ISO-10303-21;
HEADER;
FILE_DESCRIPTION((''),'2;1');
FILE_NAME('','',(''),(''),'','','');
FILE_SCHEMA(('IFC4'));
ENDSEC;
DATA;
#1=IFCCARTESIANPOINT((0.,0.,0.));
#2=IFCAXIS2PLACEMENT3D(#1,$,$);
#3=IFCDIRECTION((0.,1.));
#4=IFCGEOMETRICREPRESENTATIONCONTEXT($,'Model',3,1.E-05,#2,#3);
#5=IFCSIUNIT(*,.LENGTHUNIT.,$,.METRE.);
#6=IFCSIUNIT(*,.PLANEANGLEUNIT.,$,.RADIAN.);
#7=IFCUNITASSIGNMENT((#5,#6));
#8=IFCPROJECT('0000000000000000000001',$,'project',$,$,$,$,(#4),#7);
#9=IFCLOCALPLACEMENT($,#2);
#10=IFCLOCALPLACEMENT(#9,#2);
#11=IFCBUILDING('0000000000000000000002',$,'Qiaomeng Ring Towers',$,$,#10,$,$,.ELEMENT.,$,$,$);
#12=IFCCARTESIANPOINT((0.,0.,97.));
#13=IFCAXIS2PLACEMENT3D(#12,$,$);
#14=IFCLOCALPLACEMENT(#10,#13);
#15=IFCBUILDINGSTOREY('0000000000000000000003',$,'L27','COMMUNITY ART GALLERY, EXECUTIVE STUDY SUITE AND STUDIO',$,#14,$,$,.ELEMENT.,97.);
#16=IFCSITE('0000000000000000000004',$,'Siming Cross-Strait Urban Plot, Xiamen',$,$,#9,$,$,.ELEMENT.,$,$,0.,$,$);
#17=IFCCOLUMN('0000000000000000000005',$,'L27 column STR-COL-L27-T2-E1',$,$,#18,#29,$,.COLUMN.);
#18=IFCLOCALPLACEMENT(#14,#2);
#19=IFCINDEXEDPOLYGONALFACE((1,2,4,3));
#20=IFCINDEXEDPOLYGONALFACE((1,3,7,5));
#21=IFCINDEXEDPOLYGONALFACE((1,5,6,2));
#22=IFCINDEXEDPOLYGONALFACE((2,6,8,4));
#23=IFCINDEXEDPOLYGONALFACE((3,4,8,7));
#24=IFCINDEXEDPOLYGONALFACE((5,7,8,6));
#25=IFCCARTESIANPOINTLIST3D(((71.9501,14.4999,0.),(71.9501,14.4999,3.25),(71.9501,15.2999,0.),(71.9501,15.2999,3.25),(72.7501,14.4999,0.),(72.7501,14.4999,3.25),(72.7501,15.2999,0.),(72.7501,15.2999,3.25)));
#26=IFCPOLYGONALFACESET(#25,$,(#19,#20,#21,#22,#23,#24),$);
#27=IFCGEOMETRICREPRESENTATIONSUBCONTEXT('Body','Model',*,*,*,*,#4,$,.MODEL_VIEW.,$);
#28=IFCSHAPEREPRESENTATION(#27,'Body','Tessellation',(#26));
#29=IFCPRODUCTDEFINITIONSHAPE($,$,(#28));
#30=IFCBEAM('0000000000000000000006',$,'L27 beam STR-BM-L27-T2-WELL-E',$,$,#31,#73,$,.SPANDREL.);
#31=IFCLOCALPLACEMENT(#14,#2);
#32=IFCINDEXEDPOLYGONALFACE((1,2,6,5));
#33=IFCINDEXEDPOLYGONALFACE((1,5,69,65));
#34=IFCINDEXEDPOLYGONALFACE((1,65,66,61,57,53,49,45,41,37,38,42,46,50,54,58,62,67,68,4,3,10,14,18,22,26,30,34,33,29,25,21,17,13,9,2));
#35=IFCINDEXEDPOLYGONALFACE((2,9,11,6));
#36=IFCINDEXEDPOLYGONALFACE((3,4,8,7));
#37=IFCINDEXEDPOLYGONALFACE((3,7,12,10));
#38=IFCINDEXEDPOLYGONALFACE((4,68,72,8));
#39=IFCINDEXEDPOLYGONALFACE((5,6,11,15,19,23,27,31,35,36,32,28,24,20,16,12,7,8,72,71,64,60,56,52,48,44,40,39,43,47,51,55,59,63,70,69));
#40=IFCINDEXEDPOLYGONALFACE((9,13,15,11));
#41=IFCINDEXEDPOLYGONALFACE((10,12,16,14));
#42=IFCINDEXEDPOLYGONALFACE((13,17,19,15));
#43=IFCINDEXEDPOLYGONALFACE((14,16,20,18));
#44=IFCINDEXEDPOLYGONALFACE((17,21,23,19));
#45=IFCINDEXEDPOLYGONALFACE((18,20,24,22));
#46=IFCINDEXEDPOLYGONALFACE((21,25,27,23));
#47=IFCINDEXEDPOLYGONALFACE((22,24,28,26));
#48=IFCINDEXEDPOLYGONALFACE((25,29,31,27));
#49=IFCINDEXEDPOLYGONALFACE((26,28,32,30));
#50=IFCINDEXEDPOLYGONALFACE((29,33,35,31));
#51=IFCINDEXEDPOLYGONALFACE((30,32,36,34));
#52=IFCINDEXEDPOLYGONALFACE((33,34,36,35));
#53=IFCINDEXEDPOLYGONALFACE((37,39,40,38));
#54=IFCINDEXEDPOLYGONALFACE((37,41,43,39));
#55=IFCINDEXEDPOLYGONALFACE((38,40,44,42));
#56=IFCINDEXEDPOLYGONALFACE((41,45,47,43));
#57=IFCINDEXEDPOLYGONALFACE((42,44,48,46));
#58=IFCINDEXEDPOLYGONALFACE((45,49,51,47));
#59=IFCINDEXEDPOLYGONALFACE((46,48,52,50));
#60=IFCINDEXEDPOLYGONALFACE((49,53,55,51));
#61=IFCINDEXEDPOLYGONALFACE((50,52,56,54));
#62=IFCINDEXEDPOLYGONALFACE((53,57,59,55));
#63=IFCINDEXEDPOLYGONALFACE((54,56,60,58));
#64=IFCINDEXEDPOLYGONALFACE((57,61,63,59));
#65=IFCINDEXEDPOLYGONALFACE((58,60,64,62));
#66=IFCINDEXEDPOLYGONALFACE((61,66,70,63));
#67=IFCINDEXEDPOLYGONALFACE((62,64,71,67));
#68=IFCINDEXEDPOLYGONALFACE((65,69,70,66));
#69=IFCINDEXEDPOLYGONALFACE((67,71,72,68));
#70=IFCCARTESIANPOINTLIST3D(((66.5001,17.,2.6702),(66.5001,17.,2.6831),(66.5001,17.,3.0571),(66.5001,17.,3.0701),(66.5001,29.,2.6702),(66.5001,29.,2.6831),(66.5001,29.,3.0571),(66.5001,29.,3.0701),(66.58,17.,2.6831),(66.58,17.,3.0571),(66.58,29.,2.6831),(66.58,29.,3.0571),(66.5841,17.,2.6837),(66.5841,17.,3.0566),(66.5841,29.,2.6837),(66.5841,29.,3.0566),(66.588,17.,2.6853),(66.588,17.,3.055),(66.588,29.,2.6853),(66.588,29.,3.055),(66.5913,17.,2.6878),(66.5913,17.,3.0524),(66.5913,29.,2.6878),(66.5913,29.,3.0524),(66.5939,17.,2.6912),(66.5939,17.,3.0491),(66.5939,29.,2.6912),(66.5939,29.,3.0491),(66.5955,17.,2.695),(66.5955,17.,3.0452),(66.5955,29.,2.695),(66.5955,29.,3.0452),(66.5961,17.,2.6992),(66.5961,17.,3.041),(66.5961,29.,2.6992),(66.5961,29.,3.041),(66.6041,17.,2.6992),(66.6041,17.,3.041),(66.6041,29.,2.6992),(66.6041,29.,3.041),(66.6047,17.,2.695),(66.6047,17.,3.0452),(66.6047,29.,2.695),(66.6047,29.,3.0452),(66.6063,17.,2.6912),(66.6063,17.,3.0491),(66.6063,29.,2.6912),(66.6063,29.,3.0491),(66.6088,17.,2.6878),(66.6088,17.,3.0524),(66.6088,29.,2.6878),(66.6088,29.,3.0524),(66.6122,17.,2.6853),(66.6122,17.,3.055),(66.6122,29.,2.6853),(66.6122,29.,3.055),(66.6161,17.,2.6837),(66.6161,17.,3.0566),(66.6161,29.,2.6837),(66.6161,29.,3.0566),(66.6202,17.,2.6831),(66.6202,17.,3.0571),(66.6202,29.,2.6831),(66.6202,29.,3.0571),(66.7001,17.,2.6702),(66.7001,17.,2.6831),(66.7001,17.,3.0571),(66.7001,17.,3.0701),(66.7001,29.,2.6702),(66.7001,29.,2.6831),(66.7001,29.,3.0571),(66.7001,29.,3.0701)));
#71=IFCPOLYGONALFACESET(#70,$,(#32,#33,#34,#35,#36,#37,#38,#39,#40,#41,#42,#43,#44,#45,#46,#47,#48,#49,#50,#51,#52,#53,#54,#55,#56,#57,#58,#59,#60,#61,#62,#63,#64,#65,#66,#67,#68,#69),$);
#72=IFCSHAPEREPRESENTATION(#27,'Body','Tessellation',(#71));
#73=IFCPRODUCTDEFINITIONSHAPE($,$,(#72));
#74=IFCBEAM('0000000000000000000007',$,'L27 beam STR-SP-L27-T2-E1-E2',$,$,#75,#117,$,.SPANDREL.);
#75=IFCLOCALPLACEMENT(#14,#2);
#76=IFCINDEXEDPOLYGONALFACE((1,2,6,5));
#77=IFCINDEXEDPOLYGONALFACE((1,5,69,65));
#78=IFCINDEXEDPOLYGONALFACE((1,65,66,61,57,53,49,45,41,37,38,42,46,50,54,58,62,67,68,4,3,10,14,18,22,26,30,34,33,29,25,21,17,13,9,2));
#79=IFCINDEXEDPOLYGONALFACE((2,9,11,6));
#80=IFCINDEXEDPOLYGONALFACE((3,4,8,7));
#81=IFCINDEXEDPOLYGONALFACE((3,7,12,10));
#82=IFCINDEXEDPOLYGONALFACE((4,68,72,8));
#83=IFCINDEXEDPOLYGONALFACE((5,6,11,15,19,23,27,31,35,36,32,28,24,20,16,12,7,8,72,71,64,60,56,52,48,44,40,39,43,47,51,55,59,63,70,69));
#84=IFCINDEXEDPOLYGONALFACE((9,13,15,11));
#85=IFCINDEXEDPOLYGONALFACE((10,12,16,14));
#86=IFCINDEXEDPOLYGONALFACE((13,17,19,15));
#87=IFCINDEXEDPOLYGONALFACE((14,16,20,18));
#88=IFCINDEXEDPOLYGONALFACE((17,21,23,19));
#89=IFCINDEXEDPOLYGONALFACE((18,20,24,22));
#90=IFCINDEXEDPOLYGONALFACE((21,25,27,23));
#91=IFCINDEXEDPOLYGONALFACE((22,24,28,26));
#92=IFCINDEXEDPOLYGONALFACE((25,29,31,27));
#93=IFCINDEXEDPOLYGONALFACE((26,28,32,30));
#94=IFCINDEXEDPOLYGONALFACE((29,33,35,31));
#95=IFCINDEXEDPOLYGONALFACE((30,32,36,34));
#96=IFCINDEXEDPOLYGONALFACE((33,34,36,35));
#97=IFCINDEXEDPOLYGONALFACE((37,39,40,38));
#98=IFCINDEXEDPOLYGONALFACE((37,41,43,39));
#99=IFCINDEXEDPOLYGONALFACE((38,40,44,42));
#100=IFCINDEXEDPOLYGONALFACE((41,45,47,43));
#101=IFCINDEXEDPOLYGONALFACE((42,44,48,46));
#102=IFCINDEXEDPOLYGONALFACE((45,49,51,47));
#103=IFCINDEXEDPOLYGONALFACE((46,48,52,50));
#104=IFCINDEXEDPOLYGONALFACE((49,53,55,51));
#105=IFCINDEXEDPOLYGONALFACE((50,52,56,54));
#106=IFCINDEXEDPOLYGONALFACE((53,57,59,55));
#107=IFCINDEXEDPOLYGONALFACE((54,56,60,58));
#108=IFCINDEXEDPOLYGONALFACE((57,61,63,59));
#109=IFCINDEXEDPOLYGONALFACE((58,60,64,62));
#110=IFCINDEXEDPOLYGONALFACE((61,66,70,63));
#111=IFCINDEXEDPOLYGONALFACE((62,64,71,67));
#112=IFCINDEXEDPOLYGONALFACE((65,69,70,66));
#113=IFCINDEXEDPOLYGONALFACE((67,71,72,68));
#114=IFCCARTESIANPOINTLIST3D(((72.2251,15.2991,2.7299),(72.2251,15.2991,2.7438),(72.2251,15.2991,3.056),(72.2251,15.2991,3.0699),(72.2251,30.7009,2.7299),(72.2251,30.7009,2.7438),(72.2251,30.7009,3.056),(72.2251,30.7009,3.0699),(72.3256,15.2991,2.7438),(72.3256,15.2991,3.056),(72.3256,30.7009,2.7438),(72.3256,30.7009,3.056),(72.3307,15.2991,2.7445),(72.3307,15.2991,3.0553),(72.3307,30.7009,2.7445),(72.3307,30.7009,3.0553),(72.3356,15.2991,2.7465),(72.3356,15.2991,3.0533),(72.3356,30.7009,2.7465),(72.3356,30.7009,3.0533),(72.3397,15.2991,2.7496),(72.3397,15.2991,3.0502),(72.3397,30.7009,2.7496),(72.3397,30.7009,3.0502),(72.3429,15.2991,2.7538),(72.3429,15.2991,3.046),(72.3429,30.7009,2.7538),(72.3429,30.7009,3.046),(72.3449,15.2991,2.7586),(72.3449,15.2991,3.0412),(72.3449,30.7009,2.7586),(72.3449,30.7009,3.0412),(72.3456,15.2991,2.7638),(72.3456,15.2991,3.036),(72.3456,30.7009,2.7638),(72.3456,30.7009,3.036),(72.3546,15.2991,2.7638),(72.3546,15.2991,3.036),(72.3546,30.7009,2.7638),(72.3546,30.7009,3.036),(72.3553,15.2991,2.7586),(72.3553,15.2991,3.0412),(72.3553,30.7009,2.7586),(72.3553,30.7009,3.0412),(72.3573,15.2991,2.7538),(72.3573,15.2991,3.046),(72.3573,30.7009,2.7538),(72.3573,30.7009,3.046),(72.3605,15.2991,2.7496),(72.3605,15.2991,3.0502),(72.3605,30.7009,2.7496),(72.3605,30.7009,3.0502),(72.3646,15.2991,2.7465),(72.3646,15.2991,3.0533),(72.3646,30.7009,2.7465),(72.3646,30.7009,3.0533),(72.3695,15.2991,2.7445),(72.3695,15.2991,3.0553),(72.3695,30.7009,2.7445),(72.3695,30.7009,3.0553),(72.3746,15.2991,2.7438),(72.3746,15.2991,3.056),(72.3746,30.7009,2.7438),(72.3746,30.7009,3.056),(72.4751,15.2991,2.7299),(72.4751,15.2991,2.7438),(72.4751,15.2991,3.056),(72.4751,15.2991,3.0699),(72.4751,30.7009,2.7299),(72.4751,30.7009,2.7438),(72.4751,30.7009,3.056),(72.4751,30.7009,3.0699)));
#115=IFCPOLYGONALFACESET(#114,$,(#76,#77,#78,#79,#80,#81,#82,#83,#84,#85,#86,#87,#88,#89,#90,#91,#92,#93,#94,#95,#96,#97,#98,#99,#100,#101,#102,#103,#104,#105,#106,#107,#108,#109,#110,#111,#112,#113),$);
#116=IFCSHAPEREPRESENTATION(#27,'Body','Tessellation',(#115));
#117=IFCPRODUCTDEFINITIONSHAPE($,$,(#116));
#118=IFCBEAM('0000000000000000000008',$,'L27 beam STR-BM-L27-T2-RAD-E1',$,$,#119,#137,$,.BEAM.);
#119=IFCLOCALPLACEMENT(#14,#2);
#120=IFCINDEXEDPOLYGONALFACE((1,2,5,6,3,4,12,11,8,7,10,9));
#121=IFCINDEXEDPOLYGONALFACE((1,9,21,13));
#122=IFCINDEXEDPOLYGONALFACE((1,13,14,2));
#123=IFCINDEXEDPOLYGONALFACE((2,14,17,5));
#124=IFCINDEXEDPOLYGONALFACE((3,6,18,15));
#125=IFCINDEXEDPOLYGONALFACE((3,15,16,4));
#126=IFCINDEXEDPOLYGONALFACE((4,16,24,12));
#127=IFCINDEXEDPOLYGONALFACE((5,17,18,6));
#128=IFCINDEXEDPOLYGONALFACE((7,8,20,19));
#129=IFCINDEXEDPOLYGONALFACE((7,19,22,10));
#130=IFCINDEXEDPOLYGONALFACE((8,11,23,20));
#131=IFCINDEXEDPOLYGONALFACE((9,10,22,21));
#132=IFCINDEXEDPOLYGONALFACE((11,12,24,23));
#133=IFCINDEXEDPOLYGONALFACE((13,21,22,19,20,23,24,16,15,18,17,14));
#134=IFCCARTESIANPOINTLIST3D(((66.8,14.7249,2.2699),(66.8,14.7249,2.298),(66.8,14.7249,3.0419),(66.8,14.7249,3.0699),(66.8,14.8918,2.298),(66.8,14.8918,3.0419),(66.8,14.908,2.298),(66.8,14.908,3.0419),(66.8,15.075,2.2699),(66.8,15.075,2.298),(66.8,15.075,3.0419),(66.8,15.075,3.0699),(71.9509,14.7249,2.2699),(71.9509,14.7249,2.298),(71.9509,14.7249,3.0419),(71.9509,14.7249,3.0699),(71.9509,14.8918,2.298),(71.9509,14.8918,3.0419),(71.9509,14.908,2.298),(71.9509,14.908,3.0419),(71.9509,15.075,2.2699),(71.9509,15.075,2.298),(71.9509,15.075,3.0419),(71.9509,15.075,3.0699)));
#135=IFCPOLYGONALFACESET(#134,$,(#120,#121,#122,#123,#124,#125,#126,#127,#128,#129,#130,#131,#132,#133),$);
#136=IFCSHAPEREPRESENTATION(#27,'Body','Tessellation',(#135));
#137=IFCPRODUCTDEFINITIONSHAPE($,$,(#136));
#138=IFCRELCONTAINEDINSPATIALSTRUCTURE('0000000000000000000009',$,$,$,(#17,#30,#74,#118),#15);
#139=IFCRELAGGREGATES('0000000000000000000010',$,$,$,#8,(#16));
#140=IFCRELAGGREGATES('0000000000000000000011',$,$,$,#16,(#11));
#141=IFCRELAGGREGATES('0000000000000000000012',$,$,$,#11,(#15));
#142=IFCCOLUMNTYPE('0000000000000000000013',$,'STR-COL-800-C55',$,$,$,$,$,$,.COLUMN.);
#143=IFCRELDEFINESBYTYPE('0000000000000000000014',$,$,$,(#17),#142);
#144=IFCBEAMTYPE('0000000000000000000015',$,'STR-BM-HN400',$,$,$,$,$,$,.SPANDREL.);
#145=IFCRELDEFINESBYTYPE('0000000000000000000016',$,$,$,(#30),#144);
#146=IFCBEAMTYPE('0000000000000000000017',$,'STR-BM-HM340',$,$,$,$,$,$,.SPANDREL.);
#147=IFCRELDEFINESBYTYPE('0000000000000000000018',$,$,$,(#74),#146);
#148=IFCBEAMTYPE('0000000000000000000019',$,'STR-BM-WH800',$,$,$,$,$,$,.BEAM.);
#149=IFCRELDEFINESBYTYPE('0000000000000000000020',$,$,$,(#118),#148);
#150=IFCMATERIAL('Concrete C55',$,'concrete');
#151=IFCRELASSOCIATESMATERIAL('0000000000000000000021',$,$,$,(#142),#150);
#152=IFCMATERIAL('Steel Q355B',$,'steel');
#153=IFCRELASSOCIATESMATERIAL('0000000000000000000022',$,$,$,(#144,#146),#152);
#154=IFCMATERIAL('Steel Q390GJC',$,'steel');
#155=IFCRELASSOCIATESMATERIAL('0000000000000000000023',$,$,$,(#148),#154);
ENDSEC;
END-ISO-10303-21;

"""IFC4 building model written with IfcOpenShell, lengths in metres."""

from ifc_helpers import new_model, si_unit, direction, frame, origin, origin_2d, place, context, subcontext, project, spatial, rectangle, i_section, extrude, source, transform, mapped, material, material_profile, profile_set, type_object, element, save


model = new_model("IFC4")

# Units and contexts
model_context = context("Model", 3, precision=1e-05, world=origin(), true_north=direction((0.0, 1.0)))
body_context = subcontext(model_context, "Body", "Model", "MODEL_VIEW")
ifc_project = project(units=[si_unit("LENGTHUNIT", "METRE"), si_unit("PLANEANGLEUNIT", "RADIAN")], contexts=[model_context])

# Site, building, storey
site_placement = place(None, origin())
site = spatial("IfcSite", under=ifc_project, at=site_placement, Name="Siming Cross-Strait Urban Plot, Xiamen", CompositionType="ELEMENT", RefElevation=0.0)
building_placement = place(site_placement, origin())
building = spatial("IfcBuilding", under=site, at=building_placement, Name="Qiaomeng Ring Towers", CompositionType="ELEMENT")
storey_placement = place(building_placement, frame((0.0, 0.0, 97.0)))
storey = spatial("IfcBuildingStorey", under=building, at=storey_placement, Name="L27", Description="COMMUNITY ART GALLERY, EXECUTIVE STUDY SUITE AND STUDIO", CompositionType="ELEMENT", Elevation=97.0)

# Column
ifc_material_1 = material(Name="Concrete C55", Category="concrete")
ifc_material_profile_1 = material_profile(ifc_material_1, rectangle(XDim=0.8, YDim=0.8, at=origin_2d()), Name="RC COL 800x800")
ifc_profile_set_1 = profile_set([ifc_material_profile_1], Name="Concrete C55")
column_type = type_object("IfcColumnType", Name="STR-COL-800-C55", PredefinedType="COLUMN", material=ifc_profile_set_1)
shared_shape_1 = source(origin(), body_context, "Body", "SweptSolid", [
    extrude(rectangle(XDim=0.8, YDim=0.8, at=origin_2d()), origin(), (0.0, 0.0, 1.0), 3.25),
])
column_placement = place(storey_placement, frame((72.3501, 14.8999, 0.0), z_axis=(0.0, 0.0, 1.0), x_axis=(1.0, 0.0, 0.0)))
element("IfcColumn", 1, at=column_placement, inside=storey, type_object=column_type, Name="L27 column STR-COL-L27-T2-E1", PredefinedType="COLUMN", context=body_context, shape_type="MappedRepresentation", body=[
    mapped(shared_shape_1, transform((0.0, 0.0, 0.0), x_axis=(1.0, 0.0, 0.0), y_axis=(0.0, 1.0, 0.0), z_axis=(0.0, 0.0, 1.0), scale=1.0)),
])

# Beams
ifc_material_2 = material(Name="Steel Q355B", Category="steel")
ifc_material_profile_2 = material_profile(ifc_material_2, i_section(OverallWidth=0.2, OverallDepth=0.3999, WebThickness=0.0081, FlangeThickness=0.0129, FilletRadius=0.0161, at=origin_2d()), Name="HN 400x200x8x13")
ifc_profile_set_2 = profile_set([ifc_material_profile_2], Name="Steel Q355B")
beam_type_1 = type_object("IfcBeamType", Name="STR-BM-HN400", PredefinedType="SPANDREL", material=ifc_profile_set_2)
shared_shape_2 = source(origin(), body_context, "Body", "SweptSolid", [
    extrude(i_section(OverallWidth=0.2, OverallDepth=0.3999, WebThickness=0.0081, FlangeThickness=0.0129, FilletRadius=0.0161, at=origin_2d()), origin(), (0.0, 0.0, 1.0), 12.0),
])
beam_1_placement = place(storey_placement, frame((66.6001, 17.0, 2.8701), z_axis=(0.0, 1.0, 0.0), x_axis=(-1.0, 0.0, 0.0)))
element("IfcBeam", 2, at=beam_1_placement, inside=storey, type_object=beam_type_1, Name="L27 beam STR-BM-L27-T2-WELL-E", PredefinedType="SPANDREL", context=body_context, shape_type="MappedRepresentation", body=[
    mapped(shared_shape_2, transform((0.0, 0.0, 0.0), x_axis=(1.0, 0.0, 0.0), y_axis=(0.0, 1.0, 0.0), z_axis=(0.0, 0.0, 1.0), scale=1.0)),
])
ifc_material_profile_3 = material_profile(ifc_material_2, i_section(OverallWidth=0.25, OverallDepth=0.3401, WebThickness=0.009, FlangeThickness=0.0139, FilletRadius=0.02, at=origin_2d()), Name="HM 340x250x9x14")
ifc_profile_set_3 = profile_set([ifc_material_profile_3], Name="Steel Q355B")
beam_type_2 = type_object("IfcBeamType", Name="STR-BM-HM340", PredefinedType="SPANDREL", material=ifc_profile_set_3)
shared_shape_3 = source(origin(), body_context, "Body", "SweptSolid", [
    extrude(i_section(OverallWidth=0.25, OverallDepth=0.3401, WebThickness=0.009, FlangeThickness=0.0139, FilletRadius=0.02, at=origin_2d()), origin(), (0.0, 0.0, 1.0), 15.4019),
])
beam_2_placement = place(storey_placement, frame((72.3501, 15.2991, 2.8999), z_axis=(0.0, 1.0, 0.0), x_axis=(-1.0, 0.0, 0.0)))
element("IfcBeam", 3, at=beam_2_placement, inside=storey, type_object=beam_type_2, Name="L27 beam STR-SP-L27-T2-E1-E2", PredefinedType="SPANDREL", context=body_context, shape_type="MappedRepresentation", body=[
    mapped(shared_shape_3, transform((0.0, 0.0, 0.0), x_axis=(1.0, 0.0, 0.0), y_axis=(0.0, 1.0, 0.0), z_axis=(0.0, 0.0, 1.0), scale=1.0)),
])
ifc_material_3 = material(Name="Steel Q390GJC", Category="steel")
ifc_material_profile_4 = material_profile(ifc_material_3, i_section(OverallWidth=0.3501, OverallDepth=0.8, WebThickness=0.0161, FlangeThickness=0.0281, at=origin_2d()), Name="WH 800x350x16x28")
ifc_profile_set_4 = profile_set([ifc_material_profile_4], Name="Steel Q390GJC")
beam_type_3 = type_object("IfcBeamType", Name="STR-BM-WH800", PredefinedType="BEAM", material=ifc_profile_set_4)
shared_shape_4 = source(origin(), body_context, "Body", "SweptSolid", [
    extrude(i_section(OverallWidth=0.3501, OverallDepth=0.8, WebThickness=0.0161, FlangeThickness=0.0281, at=origin_2d()), origin(), (0.0, 0.0, 1.0), 5.1509),
])
beam_3_placement = place(storey_placement, frame((66.8, 14.8999, 2.6699), z_axis=(1.0, 0.0, 0.0), x_axis=(0.0, 1.0, 0.0)))
element("IfcBeam", 4, at=beam_3_placement, inside=storey, type_object=beam_type_3, Name="L27 beam STR-BM-L27-T2-RAD-E1", PredefinedType="BEAM", context=body_context, shape_type="MappedRepresentation", body=[
    mapped(shared_shape_4, transform((0.0, 0.0, 0.0), x_axis=(1.0, 0.0, 0.0), y_axis=(0.0, 1.0, 0.0), z_axis=(0.0, 0.0, 1.0), scale=1.0)),
])

save(model, "model.ifc")
